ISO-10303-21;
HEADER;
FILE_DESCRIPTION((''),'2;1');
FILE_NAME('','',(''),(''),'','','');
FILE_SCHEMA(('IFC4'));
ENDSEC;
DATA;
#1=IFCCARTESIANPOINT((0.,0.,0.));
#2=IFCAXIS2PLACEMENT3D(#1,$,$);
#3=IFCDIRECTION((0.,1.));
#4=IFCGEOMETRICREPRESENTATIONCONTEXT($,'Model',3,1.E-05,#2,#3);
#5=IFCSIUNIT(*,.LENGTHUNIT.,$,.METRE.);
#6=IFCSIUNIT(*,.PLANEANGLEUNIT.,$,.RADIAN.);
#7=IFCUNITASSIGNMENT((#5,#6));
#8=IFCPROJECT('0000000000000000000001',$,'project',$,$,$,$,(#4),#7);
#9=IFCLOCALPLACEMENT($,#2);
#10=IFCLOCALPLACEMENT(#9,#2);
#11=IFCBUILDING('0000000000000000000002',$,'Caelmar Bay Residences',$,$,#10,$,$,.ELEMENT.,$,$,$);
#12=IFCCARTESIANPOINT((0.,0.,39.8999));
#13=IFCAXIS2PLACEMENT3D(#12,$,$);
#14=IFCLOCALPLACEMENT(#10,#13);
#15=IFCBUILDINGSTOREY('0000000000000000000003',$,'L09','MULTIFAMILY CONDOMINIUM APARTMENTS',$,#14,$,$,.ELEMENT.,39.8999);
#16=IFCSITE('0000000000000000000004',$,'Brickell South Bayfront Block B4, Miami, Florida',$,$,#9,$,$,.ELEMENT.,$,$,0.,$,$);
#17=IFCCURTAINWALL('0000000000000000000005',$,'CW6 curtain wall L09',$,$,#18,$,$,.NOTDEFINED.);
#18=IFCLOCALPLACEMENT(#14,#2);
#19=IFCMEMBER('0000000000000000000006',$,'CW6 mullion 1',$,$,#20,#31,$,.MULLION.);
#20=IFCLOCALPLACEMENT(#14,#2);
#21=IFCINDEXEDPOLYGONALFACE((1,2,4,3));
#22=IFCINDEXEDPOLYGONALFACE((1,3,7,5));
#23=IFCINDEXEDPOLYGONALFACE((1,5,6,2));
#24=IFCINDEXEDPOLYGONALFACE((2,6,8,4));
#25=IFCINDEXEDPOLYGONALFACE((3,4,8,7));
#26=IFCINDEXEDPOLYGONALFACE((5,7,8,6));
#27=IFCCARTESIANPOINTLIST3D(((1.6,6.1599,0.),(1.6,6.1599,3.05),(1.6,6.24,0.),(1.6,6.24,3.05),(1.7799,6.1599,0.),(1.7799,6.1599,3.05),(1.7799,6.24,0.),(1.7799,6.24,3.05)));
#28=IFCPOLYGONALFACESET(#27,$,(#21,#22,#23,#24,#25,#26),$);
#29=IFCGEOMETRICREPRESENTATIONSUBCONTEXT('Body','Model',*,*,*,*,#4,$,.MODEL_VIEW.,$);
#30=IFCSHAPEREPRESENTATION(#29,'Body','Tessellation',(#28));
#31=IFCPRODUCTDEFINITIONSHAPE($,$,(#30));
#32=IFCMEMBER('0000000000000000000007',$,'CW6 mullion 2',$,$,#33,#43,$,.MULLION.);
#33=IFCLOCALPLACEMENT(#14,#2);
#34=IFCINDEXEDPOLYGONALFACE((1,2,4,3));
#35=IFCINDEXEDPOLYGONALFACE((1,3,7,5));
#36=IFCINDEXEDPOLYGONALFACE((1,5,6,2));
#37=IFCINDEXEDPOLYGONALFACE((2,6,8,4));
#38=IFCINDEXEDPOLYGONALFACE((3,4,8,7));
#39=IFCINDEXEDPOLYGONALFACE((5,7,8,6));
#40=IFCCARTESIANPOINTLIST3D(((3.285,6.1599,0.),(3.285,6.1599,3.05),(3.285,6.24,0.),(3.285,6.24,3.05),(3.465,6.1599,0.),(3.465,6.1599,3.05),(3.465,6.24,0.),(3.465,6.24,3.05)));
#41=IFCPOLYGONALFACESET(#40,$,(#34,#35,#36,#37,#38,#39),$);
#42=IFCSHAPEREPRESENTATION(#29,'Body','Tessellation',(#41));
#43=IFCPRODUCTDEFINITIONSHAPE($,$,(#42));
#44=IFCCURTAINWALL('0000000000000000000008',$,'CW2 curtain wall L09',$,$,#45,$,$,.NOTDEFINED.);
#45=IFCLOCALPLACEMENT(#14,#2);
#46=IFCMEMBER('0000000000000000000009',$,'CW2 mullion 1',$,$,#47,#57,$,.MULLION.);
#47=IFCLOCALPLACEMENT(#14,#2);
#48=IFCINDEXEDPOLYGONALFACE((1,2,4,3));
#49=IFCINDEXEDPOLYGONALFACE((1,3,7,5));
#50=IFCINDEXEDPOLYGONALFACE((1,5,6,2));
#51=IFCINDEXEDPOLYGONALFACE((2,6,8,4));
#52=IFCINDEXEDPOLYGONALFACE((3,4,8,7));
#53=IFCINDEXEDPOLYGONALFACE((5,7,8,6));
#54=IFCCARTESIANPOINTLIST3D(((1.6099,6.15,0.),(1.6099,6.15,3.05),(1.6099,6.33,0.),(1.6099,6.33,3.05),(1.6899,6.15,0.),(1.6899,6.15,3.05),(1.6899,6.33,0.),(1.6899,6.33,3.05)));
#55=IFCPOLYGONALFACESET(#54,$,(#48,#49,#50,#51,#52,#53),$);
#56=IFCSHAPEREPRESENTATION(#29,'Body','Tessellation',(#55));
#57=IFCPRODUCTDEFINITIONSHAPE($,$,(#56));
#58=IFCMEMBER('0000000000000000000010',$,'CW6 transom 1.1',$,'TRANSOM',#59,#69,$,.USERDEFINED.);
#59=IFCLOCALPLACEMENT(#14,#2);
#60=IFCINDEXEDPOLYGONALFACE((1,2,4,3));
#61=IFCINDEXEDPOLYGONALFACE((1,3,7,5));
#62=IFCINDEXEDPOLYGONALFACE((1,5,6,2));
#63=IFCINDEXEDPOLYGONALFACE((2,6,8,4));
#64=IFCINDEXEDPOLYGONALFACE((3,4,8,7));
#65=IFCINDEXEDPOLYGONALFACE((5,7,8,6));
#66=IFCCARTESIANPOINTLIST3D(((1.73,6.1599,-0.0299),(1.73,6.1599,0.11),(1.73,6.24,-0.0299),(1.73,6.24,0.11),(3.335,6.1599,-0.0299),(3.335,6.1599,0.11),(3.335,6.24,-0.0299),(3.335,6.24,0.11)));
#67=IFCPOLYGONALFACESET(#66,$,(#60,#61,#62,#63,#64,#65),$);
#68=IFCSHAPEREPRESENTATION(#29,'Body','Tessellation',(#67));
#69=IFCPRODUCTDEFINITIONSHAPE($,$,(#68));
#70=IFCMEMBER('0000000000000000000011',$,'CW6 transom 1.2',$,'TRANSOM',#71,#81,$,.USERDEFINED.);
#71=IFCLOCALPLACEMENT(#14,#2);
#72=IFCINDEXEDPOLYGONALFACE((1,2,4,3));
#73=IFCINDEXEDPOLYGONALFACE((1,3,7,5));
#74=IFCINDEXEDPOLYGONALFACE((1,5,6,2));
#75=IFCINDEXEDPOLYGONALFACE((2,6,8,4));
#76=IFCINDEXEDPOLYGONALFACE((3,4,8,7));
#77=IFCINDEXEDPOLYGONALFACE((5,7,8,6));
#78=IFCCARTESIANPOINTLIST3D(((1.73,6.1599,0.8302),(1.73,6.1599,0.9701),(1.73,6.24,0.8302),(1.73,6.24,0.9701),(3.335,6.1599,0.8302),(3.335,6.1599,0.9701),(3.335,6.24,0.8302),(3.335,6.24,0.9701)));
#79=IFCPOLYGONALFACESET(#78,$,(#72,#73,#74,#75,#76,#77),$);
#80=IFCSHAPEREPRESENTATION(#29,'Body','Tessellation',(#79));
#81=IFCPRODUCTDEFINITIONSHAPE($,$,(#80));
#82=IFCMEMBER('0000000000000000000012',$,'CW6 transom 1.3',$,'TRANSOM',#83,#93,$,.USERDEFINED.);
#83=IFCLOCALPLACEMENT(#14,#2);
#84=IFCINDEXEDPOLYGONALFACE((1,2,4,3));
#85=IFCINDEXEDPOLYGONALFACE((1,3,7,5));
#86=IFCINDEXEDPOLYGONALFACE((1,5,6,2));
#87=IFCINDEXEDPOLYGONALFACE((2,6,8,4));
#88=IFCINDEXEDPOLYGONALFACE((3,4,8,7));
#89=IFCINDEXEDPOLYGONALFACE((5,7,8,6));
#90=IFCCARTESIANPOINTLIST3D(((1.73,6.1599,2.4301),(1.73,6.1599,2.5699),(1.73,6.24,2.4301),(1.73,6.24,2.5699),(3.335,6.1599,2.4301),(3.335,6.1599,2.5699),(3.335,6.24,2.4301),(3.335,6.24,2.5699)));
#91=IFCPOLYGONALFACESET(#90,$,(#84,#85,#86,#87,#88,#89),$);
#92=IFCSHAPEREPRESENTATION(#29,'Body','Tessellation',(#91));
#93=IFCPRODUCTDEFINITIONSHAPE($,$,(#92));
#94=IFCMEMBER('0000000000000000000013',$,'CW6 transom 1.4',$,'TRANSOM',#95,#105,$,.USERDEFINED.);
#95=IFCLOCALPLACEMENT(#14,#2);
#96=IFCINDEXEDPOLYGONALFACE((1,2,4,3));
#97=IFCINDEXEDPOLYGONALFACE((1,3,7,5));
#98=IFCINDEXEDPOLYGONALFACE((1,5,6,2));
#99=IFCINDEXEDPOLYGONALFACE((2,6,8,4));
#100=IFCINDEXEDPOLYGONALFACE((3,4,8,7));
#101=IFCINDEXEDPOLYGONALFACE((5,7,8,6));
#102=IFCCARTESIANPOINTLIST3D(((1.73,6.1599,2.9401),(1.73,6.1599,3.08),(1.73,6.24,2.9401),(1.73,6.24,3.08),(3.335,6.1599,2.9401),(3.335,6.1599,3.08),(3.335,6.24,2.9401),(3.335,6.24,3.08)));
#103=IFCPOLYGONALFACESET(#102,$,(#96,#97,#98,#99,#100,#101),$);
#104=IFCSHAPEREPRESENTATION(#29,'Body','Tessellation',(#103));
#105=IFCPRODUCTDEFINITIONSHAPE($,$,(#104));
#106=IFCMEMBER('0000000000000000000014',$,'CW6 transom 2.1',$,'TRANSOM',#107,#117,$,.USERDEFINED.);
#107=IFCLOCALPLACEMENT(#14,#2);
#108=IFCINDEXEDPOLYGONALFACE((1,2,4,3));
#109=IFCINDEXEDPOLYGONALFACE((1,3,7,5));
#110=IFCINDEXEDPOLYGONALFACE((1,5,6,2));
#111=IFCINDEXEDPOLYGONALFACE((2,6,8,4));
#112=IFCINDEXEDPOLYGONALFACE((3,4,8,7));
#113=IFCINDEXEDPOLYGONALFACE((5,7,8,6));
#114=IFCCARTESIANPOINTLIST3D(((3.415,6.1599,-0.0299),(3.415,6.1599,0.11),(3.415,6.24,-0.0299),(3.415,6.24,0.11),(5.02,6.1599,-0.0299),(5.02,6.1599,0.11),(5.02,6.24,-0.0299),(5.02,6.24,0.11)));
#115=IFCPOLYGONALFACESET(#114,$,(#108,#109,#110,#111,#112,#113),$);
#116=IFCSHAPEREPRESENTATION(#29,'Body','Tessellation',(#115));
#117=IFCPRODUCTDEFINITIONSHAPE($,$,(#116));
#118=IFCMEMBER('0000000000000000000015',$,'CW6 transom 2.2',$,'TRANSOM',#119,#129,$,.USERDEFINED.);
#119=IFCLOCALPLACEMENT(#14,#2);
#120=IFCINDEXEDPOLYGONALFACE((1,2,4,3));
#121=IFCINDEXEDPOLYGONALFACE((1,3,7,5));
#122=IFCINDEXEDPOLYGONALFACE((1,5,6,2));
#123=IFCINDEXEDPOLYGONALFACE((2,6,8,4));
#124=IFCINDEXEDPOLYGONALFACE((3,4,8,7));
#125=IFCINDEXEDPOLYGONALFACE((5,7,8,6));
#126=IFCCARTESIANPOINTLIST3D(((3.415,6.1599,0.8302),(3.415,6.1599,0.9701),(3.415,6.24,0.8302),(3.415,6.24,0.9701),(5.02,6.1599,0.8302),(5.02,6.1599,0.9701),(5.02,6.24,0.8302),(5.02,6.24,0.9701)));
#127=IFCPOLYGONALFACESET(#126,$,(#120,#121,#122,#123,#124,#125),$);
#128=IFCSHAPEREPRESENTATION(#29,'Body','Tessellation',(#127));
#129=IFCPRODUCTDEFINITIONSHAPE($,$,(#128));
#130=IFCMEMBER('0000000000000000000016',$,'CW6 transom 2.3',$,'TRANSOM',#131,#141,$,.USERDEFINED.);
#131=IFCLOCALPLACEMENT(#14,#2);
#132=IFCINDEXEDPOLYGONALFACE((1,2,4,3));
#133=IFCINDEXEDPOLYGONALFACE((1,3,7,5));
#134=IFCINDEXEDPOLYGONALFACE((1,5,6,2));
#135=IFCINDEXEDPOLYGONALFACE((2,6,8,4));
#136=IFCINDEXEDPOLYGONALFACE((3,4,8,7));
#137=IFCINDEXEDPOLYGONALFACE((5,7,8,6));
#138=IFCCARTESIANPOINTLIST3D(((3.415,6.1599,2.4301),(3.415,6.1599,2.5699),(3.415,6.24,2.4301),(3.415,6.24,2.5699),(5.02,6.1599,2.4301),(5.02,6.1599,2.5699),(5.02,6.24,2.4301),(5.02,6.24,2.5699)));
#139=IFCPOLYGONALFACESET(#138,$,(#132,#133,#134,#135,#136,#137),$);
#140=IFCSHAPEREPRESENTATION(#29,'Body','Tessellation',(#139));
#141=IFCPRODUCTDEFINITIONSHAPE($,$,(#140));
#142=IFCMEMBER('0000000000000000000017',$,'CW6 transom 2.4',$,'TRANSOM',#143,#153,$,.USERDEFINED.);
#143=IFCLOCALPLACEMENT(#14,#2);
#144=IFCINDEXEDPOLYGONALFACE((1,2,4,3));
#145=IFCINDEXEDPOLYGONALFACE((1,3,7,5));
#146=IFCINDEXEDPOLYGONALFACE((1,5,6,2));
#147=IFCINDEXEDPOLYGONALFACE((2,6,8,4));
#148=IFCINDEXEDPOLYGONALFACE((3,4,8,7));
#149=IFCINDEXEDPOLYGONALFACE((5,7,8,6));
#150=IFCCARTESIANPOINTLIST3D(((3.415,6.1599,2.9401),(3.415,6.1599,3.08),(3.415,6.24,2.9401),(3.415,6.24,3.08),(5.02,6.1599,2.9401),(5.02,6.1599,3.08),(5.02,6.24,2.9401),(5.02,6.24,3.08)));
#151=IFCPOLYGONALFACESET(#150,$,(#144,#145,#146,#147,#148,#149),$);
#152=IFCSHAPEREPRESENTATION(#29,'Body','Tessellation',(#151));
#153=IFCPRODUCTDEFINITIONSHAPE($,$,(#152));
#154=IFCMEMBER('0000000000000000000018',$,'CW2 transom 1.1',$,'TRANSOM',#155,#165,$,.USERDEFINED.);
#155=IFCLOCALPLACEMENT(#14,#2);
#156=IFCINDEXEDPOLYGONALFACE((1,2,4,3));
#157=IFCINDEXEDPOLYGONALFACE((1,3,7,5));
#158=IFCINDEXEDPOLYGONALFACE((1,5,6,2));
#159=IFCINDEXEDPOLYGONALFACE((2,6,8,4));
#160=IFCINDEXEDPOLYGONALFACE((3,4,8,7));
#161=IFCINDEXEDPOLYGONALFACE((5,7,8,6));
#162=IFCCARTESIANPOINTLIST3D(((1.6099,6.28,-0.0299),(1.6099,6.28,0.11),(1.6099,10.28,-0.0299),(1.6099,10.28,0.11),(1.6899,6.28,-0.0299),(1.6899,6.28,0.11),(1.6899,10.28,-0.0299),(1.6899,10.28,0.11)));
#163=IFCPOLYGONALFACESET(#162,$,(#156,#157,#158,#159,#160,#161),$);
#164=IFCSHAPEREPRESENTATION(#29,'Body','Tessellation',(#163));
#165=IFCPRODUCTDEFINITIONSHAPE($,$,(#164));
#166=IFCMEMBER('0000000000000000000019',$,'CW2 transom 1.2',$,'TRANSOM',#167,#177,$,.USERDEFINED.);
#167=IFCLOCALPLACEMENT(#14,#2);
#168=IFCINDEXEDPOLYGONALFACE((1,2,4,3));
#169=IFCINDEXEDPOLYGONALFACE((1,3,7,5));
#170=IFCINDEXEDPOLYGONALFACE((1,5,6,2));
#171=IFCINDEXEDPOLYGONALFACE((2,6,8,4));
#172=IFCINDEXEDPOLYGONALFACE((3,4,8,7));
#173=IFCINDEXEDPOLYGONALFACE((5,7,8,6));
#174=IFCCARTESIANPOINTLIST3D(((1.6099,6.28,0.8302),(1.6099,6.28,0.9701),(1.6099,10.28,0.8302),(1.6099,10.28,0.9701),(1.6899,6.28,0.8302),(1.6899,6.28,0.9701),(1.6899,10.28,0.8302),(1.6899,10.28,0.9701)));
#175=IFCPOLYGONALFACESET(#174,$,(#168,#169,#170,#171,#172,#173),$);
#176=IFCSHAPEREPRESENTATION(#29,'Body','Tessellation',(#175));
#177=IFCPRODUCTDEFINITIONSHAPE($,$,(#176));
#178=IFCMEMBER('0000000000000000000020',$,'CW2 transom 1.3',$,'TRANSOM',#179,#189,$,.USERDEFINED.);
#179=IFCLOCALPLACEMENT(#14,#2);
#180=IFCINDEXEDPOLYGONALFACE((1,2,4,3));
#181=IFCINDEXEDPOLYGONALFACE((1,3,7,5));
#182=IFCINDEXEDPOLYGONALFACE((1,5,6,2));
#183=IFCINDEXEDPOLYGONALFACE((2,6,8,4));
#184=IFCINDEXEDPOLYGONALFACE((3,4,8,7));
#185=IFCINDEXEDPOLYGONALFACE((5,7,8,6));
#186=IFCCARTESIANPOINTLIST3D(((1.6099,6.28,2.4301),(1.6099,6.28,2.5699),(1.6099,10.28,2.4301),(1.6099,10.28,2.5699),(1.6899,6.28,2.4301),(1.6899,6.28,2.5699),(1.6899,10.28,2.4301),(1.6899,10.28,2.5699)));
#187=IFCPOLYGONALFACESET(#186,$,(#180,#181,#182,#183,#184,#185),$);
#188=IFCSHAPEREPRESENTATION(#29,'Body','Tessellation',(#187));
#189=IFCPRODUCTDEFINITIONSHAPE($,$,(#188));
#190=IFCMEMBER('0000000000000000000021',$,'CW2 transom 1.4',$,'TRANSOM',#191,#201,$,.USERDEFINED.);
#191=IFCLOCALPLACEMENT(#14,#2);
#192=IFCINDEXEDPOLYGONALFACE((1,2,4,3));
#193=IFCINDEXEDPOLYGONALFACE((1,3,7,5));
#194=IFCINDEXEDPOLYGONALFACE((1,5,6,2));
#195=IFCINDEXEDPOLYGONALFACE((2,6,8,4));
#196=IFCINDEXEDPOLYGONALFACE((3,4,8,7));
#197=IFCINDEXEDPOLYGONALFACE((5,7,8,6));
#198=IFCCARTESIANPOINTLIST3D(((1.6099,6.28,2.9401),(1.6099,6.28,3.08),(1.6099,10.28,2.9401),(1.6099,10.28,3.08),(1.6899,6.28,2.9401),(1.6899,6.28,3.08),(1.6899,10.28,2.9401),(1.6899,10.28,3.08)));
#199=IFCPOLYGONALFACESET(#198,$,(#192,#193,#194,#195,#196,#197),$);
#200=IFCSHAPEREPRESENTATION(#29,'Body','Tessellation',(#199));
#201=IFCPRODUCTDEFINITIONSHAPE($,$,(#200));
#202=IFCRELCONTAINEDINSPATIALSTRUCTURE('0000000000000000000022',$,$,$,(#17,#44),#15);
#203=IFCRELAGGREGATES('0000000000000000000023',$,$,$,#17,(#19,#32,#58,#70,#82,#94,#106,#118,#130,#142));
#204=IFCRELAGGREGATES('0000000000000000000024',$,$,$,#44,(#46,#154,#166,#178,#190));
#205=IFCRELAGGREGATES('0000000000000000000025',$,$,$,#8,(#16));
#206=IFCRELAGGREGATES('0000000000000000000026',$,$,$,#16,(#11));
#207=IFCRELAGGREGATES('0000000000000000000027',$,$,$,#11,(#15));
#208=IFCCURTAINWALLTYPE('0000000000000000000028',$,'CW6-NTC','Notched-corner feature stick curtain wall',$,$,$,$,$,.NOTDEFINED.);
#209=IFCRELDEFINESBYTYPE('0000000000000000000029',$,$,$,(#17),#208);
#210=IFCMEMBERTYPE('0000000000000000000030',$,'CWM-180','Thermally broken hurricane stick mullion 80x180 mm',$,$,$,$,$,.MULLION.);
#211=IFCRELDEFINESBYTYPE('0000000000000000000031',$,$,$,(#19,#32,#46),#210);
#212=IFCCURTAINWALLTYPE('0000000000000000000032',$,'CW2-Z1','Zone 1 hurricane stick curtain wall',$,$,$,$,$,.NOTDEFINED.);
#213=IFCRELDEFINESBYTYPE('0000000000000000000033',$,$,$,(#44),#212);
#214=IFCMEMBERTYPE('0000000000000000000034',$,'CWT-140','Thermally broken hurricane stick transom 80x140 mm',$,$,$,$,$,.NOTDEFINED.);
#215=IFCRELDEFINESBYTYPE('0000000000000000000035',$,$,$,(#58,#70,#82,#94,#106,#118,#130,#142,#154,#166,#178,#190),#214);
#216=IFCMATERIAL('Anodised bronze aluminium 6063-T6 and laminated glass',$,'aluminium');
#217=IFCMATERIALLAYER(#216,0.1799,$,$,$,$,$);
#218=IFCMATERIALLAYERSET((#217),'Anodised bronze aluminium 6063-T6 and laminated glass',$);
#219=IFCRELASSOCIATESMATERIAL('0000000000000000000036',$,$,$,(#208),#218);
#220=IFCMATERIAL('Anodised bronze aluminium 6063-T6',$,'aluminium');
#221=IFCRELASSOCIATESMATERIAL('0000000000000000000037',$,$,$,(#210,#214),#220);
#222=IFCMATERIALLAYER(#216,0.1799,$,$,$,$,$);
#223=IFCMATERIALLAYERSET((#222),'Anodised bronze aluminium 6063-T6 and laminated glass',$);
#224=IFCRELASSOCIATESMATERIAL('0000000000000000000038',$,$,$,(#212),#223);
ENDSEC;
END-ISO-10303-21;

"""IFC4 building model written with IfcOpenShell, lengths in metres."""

from ifc_helpers import new_model, si_unit, direction, frame, origin, origin_2d, place, context, subcontext, project, spatial, rectangle, extrude, material, layer, layer_set, material_profile, profile_set, type_object, element, aggregate, save


model = new_model("IFC4")

# Units and contexts
model_context = context("Model", 3, precision=1e-05, world=origin(), true_north=direction((0.0, 1.0)))
body_context = subcontext(model_context, "Body", "Model", "MODEL_VIEW")
ifc_project = project(units=[si_unit("LENGTHUNIT", "METRE"), si_unit("PLANEANGLEUNIT", "RADIAN")], contexts=[model_context])

# Site, building, storey
site_placement = place(None, origin())
site = spatial("IfcSite", under=ifc_project, at=site_placement, Name="Brickell South Bayfront Block B4, Miami, Florida", CompositionType="ELEMENT", RefElevation=0.0)
building_placement = place(site_placement, origin())
building = spatial("IfcBuilding", under=site, at=building_placement, Name="Caelmar Bay Residences", CompositionType="ELEMENT")
storey_placement = place(building_placement, frame((0.0, 0.0, 39.8999)))
storey = spatial("IfcBuildingStorey", under=building, at=storey_placement, Name="L09", Description="MULTIFAMILY CONDOMINIUM APARTMENTS", CompositionType="ELEMENT", Elevation=39.8999)

# Curtain wall, members
ifc_material_1 = material(Name="Anodised bronze aluminium 6063-T6 and laminated glass", Category="aluminium")
ifc_layer_1 = layer(ifc_material_1, 0.1799)
ifc_layer_set_1 = layer_set([ifc_layer_1], Name="Anodised bronze aluminium 6063-T6 and laminated glass")
curtain_wall_type_1 = type_object("IfcCurtainWallType", Name="CW6-NTC", Description="Notched-corner feature stick curtain wall", PredefinedType="NOTDEFINED", material=ifc_layer_set_1)
curtain_wall_1_placement = place(storey_placement, origin())
curtain_wall_1 = element("IfcCurtainWall", 1, at=curtain_wall_1_placement, inside=storey, type_object=curtain_wall_type_1, Name="CW6 curtain wall L09", PredefinedType="NOTDEFINED")
ifc_material_2 = material(Name="Anodised bronze aluminium 6063-T6", Category="aluminium")
ifc_material_profile_1 = material_profile(ifc_material_2, rectangle(XDim=0.0801, YDim=0.1799, at=origin_2d()), Name="CWM-80X180")
ifc_profile_set_1 = profile_set([ifc_material_profile_1], Name="Anodised bronze aluminium 6063-T6")
member_type_1 = type_object("IfcMemberType", Name="CWM-180", Description="Thermally broken hurricane stick mullion 80x180 mm", PredefinedType="MULLION", material=ifc_profile_set_1)
member_1_placement = place(storey_placement, frame((1.6899, 6.2, 0.0), z_axis=(0.0, 0.0, 1.0), x_axis=(0.0, 1.0, 0.0)))
member_1 = element("IfcMember", 2, at=member_1_placement, type_object=member_type_1, Name="CW6 mullion 1", PredefinedType="MULLION", context=body_context, shape_type="SweptSolid", body=[
    extrude(rectangle(XDim=0.0801, YDim=0.1799, at=origin_2d()), origin(), (0.0, 0.0, 1.0), 3.05),
])
member_2_placement = place(storey_placement, frame((3.375, 6.2, 0.0), z_axis=(0.0, 0.0, 1.0), x_axis=(0.0, 1.0, 0.0)))
member_2 = element("IfcMember", 3, at=member_2_placement, type_object=member_type_1, Name="CW6 mullion 2", PredefinedType="MULLION", context=body_context, shape_type="SweptSolid", body=[
    extrude(rectangle(XDim=0.0801, YDim=0.1799, at=origin_2d()), origin(), (0.0, 0.0, 1.0), 3.05),
])

# Curtain wall, member
ifc_layer_2 = layer(ifc_material_1, 0.1799)
ifc_layer_set_2 = layer_set([ifc_layer_2], Name="Anodised bronze aluminium 6063-T6 and laminated glass")
curtain_wall_type_2 = type_object("IfcCurtainWallType", Name="CW2-Z1", Description="Zone 1 hurricane stick curtain wall", PredefinedType="NOTDEFINED", material=ifc_layer_set_2)
curtain_wall_2_placement = place(storey_placement, origin())
curtain_wall_2 = element("IfcCurtainWall", 4, at=curtain_wall_2_placement, inside=storey, type_object=curtain_wall_type_2, Name="CW2 curtain wall L09", PredefinedType="NOTDEFINED")
member_3_placement = place(storey_placement, frame((1.6499, 6.24, 0.0), z_axis=(0.0, 0.0, 1.0), x_axis=(-1.0, 0.0, 0.0)))
member_3 = element("IfcMember", 5, at=member_3_placement, type_object=member_type_1, Name="CW2 mullion 1", PredefinedType="MULLION", context=body_context, shape_type="SweptSolid", body=[
    extrude(rectangle(XDim=0.0801, YDim=0.1799, at=origin_2d()), origin(), (0.0, 0.0, 1.0), 3.05),
])

# Members
ifc_material_profile_2 = material_profile(ifc_material_2, rectangle(XDim=0.0801, YDim=0.1399, at=origin_2d()), Name="CWT-80X140")
ifc_profile_set_2 = profile_set([ifc_material_profile_2], Name="Anodised bronze aluminium 6063-T6")
member_type_2 = type_object("IfcMemberType", Name="CWT-140", Description="Thermally broken hurricane stick transom 80x140 mm", PredefinedType="NOTDEFINED", material=ifc_profile_set_2)
member_4_placement = place(storey_placement, frame((1.73, 6.2, 0.04), z_axis=(1.0, 0.0, 0.0), x_axis=(0.0, 1.0, 0.0)))
member_4 = element("IfcMember", 6, at=member_4_placement, type_object=member_type_2, Name="CW6 transom 1.1", ObjectType="TRANSOM", PredefinedType="USERDEFINED", context=body_context, shape_type="SweptSolid", body=[
    extrude(rectangle(XDim=0.0801, YDim=0.1399, at=origin_2d()), origin(), (0.0, 0.0, 1.0), 1.605),
])
member_5_placement = place(storey_placement, frame((1.73, 6.2, 0.9001), z_axis=(1.0, 0.0, 0.0), x_axis=(0.0, 1.0, 0.0)))
member_5 = element("IfcMember", 7, at=member_5_placement, type_object=member_type_2, Name="CW6 transom 1.2", ObjectType="TRANSOM", PredefinedType="USERDEFINED", context=body_context, shape_type="SweptSolid", body=[
    extrude(rectangle(XDim=0.0801, YDim=0.1399, at=origin_2d()), origin(), (0.0, 0.0, 1.0), 1.605),
])
member_6_placement = place(storey_placement, frame((1.73, 6.2, 2.5), z_axis=(1.0, 0.0, 0.0), x_axis=(0.0, 1.0, 0.0)))
member_6 = element("IfcMember", 8, at=member_6_placement, type_object=member_type_2, Name="CW6 transom 1.3", ObjectType="TRANSOM", PredefinedType="USERDEFINED", context=body_context, shape_type="SweptSolid", body=[
    extrude(rectangle(XDim=0.0801, YDim=0.1399, at=origin_2d()), origin(), (0.0, 0.0, 1.0), 1.605),
])
member_7_placement = place(storey_placement, frame((1.73, 6.2, 3.01), z_axis=(1.0, 0.0, 0.0), x_axis=(0.0, 1.0, 0.0)))
member_7 = element("IfcMember", 9, at=member_7_placement, type_object=member_type_2, Name="CW6 transom 1.4", ObjectType="TRANSOM", PredefinedType="USERDEFINED", context=body_context, shape_type="SweptSolid", body=[
    extrude(rectangle(XDim=0.0801, YDim=0.1399, at=origin_2d()), origin(), (0.0, 0.0, 1.0), 1.605),
])
member_8_placement = place(storey_placement, frame((3.415, 6.2, 0.04), z_axis=(1.0, 0.0, 0.0), x_axis=(0.0, 1.0, 0.0)))
member_8 = element("IfcMember", 10, at=member_8_placement, type_object=member_type_2, Name="CW6 transom 2.1", ObjectType="TRANSOM", PredefinedType="USERDEFINED", context=body_context, shape_type="SweptSolid", body=[
    extrude(rectangle(XDim=0.0801, YDim=0.1399, at=origin_2d()), origin(), (0.0, 0.0, 1.0), 1.605),
])
member_9_placement = place(storey_placement, frame((3.415, 6.2, 0.9001), z_axis=(1.0, 0.0, 0.0), x_axis=(0.0, 1.0, 0.0)))
member_9 = element("IfcMember", 11, at=member_9_placement, type_object=member_type_2, Name="CW6 transom 2.2", ObjectType="TRANSOM", PredefinedType="USERDEFINED", context=body_context, shape_type="SweptSolid", body=[
    extrude(rectangle(XDim=0.0801, YDim=0.1399, at=origin_2d()), origin(), (0.0, 0.0, 1.0), 1.605),
])
member_10_placement = place(storey_placement, frame((3.415, 6.2, 2.5), z_axis=(1.0, 0.0, 0.0), x_axis=(0.0, 1.0, 0.0)))
member_10 = element("IfcMember", 12, at=member_10_placement, type_object=member_type_2, Name="CW6 transom 2.3", ObjectType="TRANSOM", PredefinedType="USERDEFINED", context=body_context, shape_type="SweptSolid", body=[
    extrude(rectangle(XDim=0.0801, YDim=0.1399, at=origin_2d()), origin(), (0.0, 0.0, 1.0), 1.605),
])
member_11_placement = place(storey_placement, frame((3.415, 6.2, 3.01), z_axis=(1.0, 0.0, 0.0), x_axis=(0.0, 1.0, 0.0)))
member_11 = element("IfcMember", 13, at=member_11_placement, type_object=member_type_2, Name="CW6 transom 2.4", ObjectType="TRANSOM", PredefinedType="USERDEFINED", context=body_context, shape_type="SweptSolid", body=[
    extrude(rectangle(XDim=0.0801, YDim=0.1399, at=origin_2d()), origin(), (0.0, 0.0, 1.0), 1.605),
])
member_12_placement = place(storey_placement, frame((1.6499, 6.28, 0.04), z_axis=(0.0, 1.0, 0.0), x_axis=(-1.0, 0.0, 0.0)))
member_12 = element("IfcMember", 14, at=member_12_placement, type_object=member_type_2, Name="CW2 transom 1.1", ObjectType="TRANSOM", PredefinedType="USERDEFINED", context=body_context, shape_type="SweptSolid", body=[
    extrude(rectangle(XDim=0.0801, YDim=0.1399, at=origin_2d()), origin(), (0.0, 0.0, 1.0), 4.0),
])
member_13_placement = place(storey_placement, frame((1.6499, 6.28, 0.9001), z_axis=(0.0, 1.0, 0.0), x_axis=(-1.0, 0.0, 0.0)))
member_13 = element("IfcMember", 15, at=member_13_placement, type_object=member_type_2, Name="CW2 transom 1.2", ObjectType="TRANSOM", PredefinedType="USERDEFINED", context=body_context, shape_type="SweptSolid", body=[
    extrude(rectangle(XDim=0.0801, YDim=0.1399, at=origin_2d()), origin(), (0.0, 0.0, 1.0), 4.0),
])
member_14_placement = place(storey_placement, frame((1.6499, 6.28, 2.5), z_axis=(0.0, 1.0, 0.0), x_axis=(-1.0, 0.0, 0.0)))
member_14 = element("IfcMember", 16, at=member_14_placement, type_object=member_type_2, Name="CW2 transom 1.3", ObjectType="TRANSOM", PredefinedType="USERDEFINED", context=body_context, shape_type="SweptSolid", body=[
    extrude(rectangle(XDim=0.0801, YDim=0.1399, at=origin_2d()), origin(), (0.0, 0.0, 1.0), 4.0),
])
member_15_placement = place(storey_placement, frame((1.6499, 6.28, 3.01), z_axis=(0.0, 1.0, 0.0), x_axis=(-1.0, 0.0, 0.0)))
member_15 = element("IfcMember", 17, at=member_15_placement, type_object=member_type_2, Name="CW2 transom 1.4", ObjectType="TRANSOM", PredefinedType="USERDEFINED", context=body_context, shape_type="SweptSolid", body=[
    extrude(rectangle(XDim=0.0801, YDim=0.1399, at=origin_2d()), origin(), (0.0, 0.0, 1.0), 4.0),
])

aggregate(curtain_wall_1, [member_1, member_2, member_4, member_5, member_6, member_7, member_8, member_9, member_10, member_11])
aggregate(curtain_wall_2, [member_3, member_12, member_13, member_14, member_15])

save(model, "model.ifc")
